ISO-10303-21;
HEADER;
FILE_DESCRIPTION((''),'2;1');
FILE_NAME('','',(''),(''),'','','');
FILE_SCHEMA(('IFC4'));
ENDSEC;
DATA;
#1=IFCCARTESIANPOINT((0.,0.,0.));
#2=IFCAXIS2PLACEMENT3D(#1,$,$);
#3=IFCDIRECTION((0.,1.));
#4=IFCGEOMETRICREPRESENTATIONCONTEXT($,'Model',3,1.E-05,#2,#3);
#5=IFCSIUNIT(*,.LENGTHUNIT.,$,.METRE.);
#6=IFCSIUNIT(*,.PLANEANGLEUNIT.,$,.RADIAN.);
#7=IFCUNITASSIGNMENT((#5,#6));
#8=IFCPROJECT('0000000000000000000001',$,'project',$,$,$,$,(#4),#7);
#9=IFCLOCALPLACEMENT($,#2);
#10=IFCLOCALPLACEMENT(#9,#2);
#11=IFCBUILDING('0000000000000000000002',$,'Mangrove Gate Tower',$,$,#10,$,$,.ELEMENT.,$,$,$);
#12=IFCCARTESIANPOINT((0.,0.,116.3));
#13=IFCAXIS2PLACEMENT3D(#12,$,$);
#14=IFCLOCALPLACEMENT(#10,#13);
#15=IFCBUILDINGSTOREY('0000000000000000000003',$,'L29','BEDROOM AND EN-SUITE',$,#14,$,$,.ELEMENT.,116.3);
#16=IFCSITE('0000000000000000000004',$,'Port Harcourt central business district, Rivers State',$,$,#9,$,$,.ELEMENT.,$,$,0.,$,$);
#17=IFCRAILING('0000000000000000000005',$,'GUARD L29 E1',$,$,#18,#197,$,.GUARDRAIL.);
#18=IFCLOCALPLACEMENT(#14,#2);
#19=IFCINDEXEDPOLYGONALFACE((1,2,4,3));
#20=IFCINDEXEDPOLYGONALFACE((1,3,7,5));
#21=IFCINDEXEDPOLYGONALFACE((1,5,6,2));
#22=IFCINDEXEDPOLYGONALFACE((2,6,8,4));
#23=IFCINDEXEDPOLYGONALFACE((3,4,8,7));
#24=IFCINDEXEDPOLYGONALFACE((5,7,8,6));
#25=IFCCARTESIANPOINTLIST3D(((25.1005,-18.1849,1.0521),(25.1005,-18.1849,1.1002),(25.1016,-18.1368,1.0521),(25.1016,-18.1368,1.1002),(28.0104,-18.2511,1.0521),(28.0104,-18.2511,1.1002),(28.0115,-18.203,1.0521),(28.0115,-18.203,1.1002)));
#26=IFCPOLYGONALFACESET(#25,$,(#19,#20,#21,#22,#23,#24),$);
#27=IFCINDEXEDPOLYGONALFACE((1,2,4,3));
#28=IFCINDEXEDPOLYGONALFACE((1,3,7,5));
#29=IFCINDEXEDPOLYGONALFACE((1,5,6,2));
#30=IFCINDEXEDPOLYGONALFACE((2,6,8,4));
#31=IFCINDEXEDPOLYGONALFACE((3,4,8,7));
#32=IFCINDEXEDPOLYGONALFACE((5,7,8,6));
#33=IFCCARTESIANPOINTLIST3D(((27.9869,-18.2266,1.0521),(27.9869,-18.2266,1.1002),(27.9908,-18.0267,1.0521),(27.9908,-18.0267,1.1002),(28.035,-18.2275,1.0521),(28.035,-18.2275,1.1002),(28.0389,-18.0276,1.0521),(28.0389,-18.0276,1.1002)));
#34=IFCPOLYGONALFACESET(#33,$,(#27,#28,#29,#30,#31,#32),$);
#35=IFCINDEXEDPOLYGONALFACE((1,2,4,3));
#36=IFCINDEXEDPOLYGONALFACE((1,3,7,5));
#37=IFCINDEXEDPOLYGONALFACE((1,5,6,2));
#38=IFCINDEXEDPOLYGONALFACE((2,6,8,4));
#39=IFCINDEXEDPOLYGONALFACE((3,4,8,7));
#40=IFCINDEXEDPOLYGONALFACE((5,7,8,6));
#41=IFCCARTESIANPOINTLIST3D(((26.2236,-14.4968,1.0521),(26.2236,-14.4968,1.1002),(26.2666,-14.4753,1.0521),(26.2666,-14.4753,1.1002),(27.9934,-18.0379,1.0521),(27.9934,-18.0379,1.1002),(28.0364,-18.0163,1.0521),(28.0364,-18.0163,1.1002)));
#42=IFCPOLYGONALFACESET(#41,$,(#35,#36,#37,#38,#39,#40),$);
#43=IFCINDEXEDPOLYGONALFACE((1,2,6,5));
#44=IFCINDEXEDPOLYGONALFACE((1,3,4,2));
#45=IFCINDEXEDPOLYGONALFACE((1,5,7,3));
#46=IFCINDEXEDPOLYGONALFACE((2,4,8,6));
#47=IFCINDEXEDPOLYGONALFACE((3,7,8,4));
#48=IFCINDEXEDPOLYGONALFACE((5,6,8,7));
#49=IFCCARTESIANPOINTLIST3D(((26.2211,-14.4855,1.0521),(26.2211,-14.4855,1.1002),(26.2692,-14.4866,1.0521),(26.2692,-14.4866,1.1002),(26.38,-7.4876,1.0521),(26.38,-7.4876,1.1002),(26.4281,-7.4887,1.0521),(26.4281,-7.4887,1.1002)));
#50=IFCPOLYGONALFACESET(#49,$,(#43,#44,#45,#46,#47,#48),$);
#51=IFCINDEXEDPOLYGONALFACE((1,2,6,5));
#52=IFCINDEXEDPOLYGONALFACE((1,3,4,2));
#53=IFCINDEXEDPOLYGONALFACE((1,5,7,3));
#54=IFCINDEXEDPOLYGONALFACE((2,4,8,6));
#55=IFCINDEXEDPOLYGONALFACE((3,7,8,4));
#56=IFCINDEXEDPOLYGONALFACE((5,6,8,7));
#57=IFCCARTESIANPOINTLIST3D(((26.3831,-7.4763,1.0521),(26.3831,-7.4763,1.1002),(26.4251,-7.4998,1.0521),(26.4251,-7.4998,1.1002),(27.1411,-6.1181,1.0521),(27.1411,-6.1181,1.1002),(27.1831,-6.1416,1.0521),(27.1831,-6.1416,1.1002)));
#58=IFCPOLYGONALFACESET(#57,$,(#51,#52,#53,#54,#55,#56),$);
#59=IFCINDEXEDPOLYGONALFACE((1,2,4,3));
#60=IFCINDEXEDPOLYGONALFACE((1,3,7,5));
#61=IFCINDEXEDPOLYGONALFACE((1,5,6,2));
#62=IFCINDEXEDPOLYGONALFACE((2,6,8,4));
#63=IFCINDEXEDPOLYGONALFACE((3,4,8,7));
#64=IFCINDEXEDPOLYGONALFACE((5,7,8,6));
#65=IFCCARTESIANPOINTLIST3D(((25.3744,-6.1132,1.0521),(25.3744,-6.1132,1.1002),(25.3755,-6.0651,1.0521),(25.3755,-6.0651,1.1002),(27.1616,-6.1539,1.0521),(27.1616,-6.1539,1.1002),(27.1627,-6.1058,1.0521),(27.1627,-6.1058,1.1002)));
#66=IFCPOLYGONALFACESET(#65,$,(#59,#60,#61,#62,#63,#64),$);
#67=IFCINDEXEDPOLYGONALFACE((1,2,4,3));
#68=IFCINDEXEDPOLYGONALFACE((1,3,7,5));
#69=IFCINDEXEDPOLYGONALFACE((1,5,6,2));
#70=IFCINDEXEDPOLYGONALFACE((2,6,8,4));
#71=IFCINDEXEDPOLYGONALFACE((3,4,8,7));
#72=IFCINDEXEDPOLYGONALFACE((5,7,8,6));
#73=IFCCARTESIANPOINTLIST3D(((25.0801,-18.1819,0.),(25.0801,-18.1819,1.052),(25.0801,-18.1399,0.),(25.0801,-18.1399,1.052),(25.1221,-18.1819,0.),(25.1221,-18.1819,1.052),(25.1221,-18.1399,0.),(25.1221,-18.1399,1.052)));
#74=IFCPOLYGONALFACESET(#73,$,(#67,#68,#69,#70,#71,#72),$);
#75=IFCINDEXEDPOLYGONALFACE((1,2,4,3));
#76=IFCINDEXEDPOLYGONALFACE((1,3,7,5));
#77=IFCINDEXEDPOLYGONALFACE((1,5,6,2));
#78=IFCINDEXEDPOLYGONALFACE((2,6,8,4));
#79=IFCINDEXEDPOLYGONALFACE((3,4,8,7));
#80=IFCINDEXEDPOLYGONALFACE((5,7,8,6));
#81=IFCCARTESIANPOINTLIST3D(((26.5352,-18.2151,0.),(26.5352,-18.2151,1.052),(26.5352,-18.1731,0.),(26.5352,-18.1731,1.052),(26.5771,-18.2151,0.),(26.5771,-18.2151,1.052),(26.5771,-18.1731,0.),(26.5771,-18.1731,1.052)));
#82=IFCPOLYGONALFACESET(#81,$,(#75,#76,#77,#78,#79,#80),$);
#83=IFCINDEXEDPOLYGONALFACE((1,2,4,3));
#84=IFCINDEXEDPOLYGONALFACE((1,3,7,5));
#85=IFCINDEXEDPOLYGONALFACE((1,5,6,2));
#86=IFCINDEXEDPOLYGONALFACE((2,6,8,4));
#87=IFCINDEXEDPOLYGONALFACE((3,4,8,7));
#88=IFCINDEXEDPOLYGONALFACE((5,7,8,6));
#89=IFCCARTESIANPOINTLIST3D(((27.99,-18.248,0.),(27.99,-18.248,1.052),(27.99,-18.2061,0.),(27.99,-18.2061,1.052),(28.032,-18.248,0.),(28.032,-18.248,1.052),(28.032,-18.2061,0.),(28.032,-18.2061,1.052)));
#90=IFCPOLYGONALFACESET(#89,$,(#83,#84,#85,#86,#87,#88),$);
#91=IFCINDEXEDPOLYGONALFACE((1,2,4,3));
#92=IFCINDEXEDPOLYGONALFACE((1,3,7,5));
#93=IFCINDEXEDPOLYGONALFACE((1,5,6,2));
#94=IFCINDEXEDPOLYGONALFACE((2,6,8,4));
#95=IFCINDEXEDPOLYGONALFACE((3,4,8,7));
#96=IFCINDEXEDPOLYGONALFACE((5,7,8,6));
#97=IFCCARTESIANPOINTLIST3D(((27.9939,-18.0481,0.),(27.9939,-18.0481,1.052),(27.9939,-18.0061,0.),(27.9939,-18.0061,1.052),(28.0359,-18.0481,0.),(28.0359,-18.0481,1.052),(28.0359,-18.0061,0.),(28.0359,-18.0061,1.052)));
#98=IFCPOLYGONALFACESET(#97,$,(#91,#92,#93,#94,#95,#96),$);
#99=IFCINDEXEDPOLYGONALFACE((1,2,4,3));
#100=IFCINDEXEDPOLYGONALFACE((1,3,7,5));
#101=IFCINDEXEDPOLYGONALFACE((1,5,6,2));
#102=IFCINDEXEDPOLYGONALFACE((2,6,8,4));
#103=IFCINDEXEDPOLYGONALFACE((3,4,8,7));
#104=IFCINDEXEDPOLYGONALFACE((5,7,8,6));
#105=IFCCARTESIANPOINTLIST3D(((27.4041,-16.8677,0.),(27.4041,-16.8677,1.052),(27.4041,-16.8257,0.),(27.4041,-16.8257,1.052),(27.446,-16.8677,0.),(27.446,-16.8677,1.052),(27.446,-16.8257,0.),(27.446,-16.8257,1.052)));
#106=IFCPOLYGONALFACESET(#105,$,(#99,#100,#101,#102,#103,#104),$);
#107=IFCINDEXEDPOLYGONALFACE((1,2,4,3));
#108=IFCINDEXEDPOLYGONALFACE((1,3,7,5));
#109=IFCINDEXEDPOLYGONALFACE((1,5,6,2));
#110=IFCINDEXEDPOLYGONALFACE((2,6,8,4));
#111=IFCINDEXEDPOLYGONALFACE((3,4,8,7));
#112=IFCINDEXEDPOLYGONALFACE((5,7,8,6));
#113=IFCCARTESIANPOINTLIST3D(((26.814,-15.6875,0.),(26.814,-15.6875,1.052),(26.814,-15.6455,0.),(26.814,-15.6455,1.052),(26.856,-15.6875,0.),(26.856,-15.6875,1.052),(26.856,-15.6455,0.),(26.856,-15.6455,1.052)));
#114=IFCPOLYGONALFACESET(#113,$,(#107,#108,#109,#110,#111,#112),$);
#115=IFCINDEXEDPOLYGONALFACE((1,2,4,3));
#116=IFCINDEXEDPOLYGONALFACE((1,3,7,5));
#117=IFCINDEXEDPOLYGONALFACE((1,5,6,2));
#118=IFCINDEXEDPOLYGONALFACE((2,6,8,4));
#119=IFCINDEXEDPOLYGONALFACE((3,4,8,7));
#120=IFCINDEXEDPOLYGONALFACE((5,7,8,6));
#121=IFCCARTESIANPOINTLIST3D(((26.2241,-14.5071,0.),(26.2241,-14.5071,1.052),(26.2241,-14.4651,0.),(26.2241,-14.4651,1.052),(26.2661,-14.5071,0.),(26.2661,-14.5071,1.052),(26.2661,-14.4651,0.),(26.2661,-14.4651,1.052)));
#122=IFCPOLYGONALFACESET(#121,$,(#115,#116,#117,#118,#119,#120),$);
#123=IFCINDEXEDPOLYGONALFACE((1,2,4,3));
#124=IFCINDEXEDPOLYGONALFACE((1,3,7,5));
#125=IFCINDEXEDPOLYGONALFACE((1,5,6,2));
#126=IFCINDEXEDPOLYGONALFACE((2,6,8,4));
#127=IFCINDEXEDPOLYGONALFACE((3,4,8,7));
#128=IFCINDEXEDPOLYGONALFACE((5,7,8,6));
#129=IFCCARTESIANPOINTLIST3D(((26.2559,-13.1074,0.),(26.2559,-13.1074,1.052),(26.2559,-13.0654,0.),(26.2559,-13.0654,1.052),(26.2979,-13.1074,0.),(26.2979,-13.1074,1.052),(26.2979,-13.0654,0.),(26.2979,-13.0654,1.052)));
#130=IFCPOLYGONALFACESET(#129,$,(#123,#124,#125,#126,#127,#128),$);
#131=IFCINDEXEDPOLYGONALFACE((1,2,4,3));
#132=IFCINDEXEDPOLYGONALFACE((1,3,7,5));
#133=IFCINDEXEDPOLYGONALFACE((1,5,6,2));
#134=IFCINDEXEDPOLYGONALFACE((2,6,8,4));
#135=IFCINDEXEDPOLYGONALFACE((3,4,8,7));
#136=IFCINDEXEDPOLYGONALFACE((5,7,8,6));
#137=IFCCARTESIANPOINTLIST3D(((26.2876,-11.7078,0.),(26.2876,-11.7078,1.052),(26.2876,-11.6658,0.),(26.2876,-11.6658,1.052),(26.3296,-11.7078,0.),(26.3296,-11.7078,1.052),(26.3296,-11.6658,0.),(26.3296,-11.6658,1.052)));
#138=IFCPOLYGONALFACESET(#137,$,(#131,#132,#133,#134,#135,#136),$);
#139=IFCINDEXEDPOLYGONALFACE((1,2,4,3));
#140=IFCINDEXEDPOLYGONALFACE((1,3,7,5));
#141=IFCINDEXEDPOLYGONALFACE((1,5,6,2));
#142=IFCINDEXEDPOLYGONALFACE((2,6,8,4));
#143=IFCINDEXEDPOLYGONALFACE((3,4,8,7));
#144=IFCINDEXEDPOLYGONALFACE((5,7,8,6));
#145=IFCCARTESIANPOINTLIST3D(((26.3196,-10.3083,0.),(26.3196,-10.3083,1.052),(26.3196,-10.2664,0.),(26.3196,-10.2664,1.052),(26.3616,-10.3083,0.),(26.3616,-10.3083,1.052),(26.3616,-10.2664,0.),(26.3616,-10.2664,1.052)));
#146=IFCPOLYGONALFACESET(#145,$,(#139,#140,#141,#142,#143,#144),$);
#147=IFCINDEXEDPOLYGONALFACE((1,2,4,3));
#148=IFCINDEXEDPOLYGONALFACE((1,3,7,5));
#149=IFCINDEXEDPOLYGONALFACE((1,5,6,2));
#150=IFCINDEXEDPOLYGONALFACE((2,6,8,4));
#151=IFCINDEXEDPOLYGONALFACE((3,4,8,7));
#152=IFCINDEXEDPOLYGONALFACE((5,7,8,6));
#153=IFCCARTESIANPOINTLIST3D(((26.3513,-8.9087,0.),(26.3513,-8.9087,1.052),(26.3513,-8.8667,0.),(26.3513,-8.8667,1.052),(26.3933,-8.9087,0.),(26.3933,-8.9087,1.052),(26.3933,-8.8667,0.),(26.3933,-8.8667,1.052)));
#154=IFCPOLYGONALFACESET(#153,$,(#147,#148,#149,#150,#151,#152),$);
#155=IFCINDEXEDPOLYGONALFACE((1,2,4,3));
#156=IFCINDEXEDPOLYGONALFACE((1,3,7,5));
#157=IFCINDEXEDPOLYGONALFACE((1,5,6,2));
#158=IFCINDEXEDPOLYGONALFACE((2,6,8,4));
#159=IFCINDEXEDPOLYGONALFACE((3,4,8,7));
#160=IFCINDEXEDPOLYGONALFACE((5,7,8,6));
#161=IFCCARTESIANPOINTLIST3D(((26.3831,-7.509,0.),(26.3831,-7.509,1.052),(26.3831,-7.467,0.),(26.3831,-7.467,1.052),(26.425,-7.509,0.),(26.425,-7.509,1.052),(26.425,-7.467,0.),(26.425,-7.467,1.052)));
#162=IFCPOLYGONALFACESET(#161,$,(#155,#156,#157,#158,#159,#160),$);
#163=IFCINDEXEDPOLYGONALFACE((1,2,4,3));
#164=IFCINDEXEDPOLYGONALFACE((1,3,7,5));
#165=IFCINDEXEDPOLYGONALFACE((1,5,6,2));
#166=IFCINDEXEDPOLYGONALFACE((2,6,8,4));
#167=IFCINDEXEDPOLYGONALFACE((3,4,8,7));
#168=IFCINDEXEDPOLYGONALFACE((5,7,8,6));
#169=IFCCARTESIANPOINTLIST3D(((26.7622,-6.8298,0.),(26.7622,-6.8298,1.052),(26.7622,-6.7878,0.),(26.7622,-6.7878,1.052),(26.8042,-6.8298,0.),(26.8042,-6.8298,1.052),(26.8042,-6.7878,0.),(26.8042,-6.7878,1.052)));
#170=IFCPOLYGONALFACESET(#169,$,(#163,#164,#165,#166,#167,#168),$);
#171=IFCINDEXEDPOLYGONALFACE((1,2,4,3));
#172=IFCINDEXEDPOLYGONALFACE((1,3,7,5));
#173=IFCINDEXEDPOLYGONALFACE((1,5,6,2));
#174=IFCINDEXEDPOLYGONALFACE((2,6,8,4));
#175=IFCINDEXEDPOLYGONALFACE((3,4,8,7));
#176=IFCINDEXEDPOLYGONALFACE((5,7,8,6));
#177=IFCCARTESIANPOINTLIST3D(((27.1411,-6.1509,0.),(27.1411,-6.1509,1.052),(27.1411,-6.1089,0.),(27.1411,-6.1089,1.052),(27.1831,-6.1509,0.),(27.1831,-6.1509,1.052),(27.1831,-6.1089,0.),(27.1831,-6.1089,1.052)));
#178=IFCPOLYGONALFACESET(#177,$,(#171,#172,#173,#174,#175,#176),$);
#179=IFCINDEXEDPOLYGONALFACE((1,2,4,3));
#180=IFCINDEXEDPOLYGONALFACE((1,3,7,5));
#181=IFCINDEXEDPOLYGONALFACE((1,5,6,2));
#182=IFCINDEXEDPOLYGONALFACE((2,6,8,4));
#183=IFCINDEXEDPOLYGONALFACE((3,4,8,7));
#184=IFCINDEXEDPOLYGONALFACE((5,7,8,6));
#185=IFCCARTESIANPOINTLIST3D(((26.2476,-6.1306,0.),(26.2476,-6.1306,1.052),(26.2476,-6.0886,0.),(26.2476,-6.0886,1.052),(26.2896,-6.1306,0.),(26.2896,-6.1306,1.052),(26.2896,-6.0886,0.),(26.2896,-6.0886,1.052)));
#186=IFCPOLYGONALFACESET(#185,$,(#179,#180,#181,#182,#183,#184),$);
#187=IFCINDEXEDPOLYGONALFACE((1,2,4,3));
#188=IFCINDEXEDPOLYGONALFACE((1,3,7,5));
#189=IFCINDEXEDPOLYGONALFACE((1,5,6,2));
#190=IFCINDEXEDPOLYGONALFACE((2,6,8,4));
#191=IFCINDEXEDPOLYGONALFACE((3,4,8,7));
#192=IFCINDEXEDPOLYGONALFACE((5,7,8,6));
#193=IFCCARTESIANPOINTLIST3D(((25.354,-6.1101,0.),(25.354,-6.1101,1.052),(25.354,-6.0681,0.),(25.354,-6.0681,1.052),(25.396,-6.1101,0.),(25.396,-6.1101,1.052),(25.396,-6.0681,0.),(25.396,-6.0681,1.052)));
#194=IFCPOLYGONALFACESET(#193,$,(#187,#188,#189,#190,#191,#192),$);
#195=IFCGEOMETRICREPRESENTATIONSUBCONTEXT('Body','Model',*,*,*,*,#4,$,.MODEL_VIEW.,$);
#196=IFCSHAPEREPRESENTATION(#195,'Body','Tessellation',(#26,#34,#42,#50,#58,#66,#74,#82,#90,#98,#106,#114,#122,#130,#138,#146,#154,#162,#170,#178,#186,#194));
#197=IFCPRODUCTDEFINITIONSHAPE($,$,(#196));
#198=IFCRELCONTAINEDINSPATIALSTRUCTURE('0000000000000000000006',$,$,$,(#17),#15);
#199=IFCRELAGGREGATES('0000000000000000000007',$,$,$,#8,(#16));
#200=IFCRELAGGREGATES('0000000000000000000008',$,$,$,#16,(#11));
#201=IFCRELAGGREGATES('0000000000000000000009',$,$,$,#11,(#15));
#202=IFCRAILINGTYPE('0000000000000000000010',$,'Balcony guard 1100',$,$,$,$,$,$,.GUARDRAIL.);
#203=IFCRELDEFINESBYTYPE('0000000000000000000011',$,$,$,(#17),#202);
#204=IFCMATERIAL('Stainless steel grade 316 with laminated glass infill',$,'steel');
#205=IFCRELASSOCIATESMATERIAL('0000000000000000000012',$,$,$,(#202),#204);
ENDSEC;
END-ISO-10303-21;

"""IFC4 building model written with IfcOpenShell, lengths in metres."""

from ifc_helpers import new_model, si_unit, direction, frame, origin, origin_2d, place, context, subcontext, project, spatial, rectangle, extrude, material, type_object, element, save


model = new_model("IFC4")

# Units and contexts
model_context = context("Model", 3, precision=1e-05, world=origin(), true_north=direction((0.0, 1.0)))
body_context = subcontext(model_context, "Body", "Model", "MODEL_VIEW")
ifc_project = project(units=[si_unit("LENGTHUNIT", "METRE"), si_unit("PLANEANGLEUNIT", "RADIAN")], contexts=[model_context])

# Site, building, storey
site_placement = place(None, origin())
site = spatial("IfcSite", under=ifc_project, at=site_placement, Name="Port Harcourt central business district, Rivers State", CompositionType="ELEMENT", RefElevation=0.0)
building_placement = place(site_placement, origin())
building = spatial("IfcBuilding", under=site, at=building_placement, Name="Mangrove Gate Tower", CompositionType="ELEMENT")
storey_placement = place(building_placement, frame((0.0, 0.0, 116.3)))
storey = spatial("IfcBuildingStorey", under=building, at=storey_placement, Name="L29", Description="BEDROOM AND EN-SUITE", CompositionType="ELEMENT", Elevation=116.3)

# Railing
ifc_material_1 = material(Name="Stainless steel grade 316 with laminated glass infill", Category="steel")
railing_type = type_object("IfcRailingType", Name="Balcony guard 1100", PredefinedType="GUARDRAIL", material=ifc_material_1)
railing_placement = place(storey_placement, frame((25.1011, -18.1609, 0.0)))
element("IfcRailing", 1, at=railing_placement, inside=storey, type_object=railing_type, Name="GUARD L29 E1", PredefinedType="GUARDRAIL", context=body_context, shape_type="SweptSolid", body=[
    extrude(rectangle(XDim=0.0481, YDim=0.0481, at=origin_2d()), frame((0.0, 0.0, 1.0762), z_axis=(0.999742, -0.022731, 0.0), x_axis=(0.022731, 0.999742, 0.0)), (0.0, 0.0, 1.0), 2.9106),
    extrude(rectangle(XDim=0.0481, YDim=0.0481, at=origin_2d()), frame((2.9099, -0.0662, 1.0762), z_axis=(0.019532, 0.999809, 0.0), x_axis=(-0.999809, 0.019532, 0.0)), (0.0, 0.0, 1.0), 0.2),
    extrude(rectangle(XDim=0.0481, YDim=0.0481, at=origin_2d()), frame((2.9138, 0.1338, 1.0762), z_axis=(-0.447066, 0.894501, 0.0), x_axis=(-0.894501, -0.447066, 0.0)), (0.0, 0.0, 1.0), 3.9587),
    extrude(rectangle(XDim=0.0481, YDim=0.0481, at=origin_2d()), frame((1.144, 3.6748, 1.0762), z_axis=(0.022706, 0.999742, 0.0), x_axis=(-0.999742, 0.022706, 0.0)), (0.0, 0.0, 1.0), 6.9998),
    extrude(rectangle(XDim=0.0481, YDim=0.0481, at=origin_2d()), frame((1.303, 10.6729, 1.0762), z_axis=(0.487375, 0.873193, 0.0), x_axis=(-0.873193, 0.487375, 0.0)), (0.0, 0.0, 1.0), 1.5554),
    extrude(rectangle(XDim=0.0481, YDim=0.0481, at=origin_2d()), frame((2.061, 12.031, 1.0762), z_axis=(-0.99974, 0.022808, 0.0), x_axis=(-0.022808, -0.99974, 0.0)), (0.0, 0.0, 1.0), 1.7876),
    extrude(rectangle(XDim=0.042, YDim=0.042, at=origin_2d()), origin(), (0.0, 0.0, 1.0), 1.052),
    extrude(rectangle(XDim=0.042, YDim=0.042, at=origin_2d()), frame((1.4551, -0.0332, 0.0)), (0.0, 0.0, 1.0), 1.052),
    extrude(rectangle(XDim=0.042, YDim=0.042, at=origin_2d()), frame((2.9099, -0.0662, 0.0)), (0.0, 0.0, 1.0), 1.052),
    extrude(rectangle(XDim=0.042, YDim=0.042, at=origin_2d()), frame((2.9138, 0.1338, 0.0)), (0.0, 0.0, 1.0), 1.052),
    extrude(rectangle(XDim=0.042, YDim=0.042, at=origin_2d()), frame((2.324, 1.3142, 0.0)), (0.0, 0.0, 1.0), 1.052),
    extrude(rectangle(XDim=0.042, YDim=0.042, at=origin_2d()), frame((1.7339, 2.4944, 0.0)), (0.0, 0.0, 1.0), 1.052),
    extrude(rectangle(XDim=0.042, YDim=0.042, at=origin_2d()), frame((1.144, 3.6748, 0.0)), (0.0, 0.0, 1.0), 1.052),
    extrude(rectangle(XDim=0.042, YDim=0.042, at=origin_2d()), frame((1.1758, 5.0745, 0.0)), (0.0, 0.0, 1.0), 1.052),
    extrude(rectangle(XDim=0.042, YDim=0.042, at=origin_2d()), frame((1.2075, 6.4741, 0.0)), (0.0, 0.0, 1.0), 1.052),
    extrude(rectangle(XDim=0.042, YDim=0.042, at=origin_2d()), frame((1.2395, 7.8735, 0.0)), (0.0, 0.0, 1.0), 1.052),
    extrude(rectangle(XDim=0.042, YDim=0.042, at=origin_2d()), frame((1.2712, 9.2732, 0.0)), (0.0, 0.0, 1.0), 1.052),
    extrude(rectangle(XDim=0.042, YDim=0.042, at=origin_2d()), frame((1.303, 10.6729, 0.0)), (0.0, 0.0, 1.0), 1.052),
    extrude(rectangle(XDim=0.042, YDim=0.042, at=origin_2d()), frame((1.6821, 11.3521, 0.0)), (0.0, 0.0, 1.0), 1.052),
    extrude(rectangle(XDim=0.042, YDim=0.042, at=origin_2d()), frame((2.061, 12.031, 0.0)), (0.0, 0.0, 1.0), 1.052),
    extrude(rectangle(XDim=0.042, YDim=0.042, at=origin_2d()), frame((1.1675, 12.0513, 0.0)), (0.0, 0.0, 1.0), 1.052),
    extrude(rectangle(XDim=0.042, YDim=0.042, at=origin_2d()), frame((0.2739, 12.0718, 0.0)), (0.0, 0.0, 1.0), 1.052),
])

save(model, "model.ifc")
